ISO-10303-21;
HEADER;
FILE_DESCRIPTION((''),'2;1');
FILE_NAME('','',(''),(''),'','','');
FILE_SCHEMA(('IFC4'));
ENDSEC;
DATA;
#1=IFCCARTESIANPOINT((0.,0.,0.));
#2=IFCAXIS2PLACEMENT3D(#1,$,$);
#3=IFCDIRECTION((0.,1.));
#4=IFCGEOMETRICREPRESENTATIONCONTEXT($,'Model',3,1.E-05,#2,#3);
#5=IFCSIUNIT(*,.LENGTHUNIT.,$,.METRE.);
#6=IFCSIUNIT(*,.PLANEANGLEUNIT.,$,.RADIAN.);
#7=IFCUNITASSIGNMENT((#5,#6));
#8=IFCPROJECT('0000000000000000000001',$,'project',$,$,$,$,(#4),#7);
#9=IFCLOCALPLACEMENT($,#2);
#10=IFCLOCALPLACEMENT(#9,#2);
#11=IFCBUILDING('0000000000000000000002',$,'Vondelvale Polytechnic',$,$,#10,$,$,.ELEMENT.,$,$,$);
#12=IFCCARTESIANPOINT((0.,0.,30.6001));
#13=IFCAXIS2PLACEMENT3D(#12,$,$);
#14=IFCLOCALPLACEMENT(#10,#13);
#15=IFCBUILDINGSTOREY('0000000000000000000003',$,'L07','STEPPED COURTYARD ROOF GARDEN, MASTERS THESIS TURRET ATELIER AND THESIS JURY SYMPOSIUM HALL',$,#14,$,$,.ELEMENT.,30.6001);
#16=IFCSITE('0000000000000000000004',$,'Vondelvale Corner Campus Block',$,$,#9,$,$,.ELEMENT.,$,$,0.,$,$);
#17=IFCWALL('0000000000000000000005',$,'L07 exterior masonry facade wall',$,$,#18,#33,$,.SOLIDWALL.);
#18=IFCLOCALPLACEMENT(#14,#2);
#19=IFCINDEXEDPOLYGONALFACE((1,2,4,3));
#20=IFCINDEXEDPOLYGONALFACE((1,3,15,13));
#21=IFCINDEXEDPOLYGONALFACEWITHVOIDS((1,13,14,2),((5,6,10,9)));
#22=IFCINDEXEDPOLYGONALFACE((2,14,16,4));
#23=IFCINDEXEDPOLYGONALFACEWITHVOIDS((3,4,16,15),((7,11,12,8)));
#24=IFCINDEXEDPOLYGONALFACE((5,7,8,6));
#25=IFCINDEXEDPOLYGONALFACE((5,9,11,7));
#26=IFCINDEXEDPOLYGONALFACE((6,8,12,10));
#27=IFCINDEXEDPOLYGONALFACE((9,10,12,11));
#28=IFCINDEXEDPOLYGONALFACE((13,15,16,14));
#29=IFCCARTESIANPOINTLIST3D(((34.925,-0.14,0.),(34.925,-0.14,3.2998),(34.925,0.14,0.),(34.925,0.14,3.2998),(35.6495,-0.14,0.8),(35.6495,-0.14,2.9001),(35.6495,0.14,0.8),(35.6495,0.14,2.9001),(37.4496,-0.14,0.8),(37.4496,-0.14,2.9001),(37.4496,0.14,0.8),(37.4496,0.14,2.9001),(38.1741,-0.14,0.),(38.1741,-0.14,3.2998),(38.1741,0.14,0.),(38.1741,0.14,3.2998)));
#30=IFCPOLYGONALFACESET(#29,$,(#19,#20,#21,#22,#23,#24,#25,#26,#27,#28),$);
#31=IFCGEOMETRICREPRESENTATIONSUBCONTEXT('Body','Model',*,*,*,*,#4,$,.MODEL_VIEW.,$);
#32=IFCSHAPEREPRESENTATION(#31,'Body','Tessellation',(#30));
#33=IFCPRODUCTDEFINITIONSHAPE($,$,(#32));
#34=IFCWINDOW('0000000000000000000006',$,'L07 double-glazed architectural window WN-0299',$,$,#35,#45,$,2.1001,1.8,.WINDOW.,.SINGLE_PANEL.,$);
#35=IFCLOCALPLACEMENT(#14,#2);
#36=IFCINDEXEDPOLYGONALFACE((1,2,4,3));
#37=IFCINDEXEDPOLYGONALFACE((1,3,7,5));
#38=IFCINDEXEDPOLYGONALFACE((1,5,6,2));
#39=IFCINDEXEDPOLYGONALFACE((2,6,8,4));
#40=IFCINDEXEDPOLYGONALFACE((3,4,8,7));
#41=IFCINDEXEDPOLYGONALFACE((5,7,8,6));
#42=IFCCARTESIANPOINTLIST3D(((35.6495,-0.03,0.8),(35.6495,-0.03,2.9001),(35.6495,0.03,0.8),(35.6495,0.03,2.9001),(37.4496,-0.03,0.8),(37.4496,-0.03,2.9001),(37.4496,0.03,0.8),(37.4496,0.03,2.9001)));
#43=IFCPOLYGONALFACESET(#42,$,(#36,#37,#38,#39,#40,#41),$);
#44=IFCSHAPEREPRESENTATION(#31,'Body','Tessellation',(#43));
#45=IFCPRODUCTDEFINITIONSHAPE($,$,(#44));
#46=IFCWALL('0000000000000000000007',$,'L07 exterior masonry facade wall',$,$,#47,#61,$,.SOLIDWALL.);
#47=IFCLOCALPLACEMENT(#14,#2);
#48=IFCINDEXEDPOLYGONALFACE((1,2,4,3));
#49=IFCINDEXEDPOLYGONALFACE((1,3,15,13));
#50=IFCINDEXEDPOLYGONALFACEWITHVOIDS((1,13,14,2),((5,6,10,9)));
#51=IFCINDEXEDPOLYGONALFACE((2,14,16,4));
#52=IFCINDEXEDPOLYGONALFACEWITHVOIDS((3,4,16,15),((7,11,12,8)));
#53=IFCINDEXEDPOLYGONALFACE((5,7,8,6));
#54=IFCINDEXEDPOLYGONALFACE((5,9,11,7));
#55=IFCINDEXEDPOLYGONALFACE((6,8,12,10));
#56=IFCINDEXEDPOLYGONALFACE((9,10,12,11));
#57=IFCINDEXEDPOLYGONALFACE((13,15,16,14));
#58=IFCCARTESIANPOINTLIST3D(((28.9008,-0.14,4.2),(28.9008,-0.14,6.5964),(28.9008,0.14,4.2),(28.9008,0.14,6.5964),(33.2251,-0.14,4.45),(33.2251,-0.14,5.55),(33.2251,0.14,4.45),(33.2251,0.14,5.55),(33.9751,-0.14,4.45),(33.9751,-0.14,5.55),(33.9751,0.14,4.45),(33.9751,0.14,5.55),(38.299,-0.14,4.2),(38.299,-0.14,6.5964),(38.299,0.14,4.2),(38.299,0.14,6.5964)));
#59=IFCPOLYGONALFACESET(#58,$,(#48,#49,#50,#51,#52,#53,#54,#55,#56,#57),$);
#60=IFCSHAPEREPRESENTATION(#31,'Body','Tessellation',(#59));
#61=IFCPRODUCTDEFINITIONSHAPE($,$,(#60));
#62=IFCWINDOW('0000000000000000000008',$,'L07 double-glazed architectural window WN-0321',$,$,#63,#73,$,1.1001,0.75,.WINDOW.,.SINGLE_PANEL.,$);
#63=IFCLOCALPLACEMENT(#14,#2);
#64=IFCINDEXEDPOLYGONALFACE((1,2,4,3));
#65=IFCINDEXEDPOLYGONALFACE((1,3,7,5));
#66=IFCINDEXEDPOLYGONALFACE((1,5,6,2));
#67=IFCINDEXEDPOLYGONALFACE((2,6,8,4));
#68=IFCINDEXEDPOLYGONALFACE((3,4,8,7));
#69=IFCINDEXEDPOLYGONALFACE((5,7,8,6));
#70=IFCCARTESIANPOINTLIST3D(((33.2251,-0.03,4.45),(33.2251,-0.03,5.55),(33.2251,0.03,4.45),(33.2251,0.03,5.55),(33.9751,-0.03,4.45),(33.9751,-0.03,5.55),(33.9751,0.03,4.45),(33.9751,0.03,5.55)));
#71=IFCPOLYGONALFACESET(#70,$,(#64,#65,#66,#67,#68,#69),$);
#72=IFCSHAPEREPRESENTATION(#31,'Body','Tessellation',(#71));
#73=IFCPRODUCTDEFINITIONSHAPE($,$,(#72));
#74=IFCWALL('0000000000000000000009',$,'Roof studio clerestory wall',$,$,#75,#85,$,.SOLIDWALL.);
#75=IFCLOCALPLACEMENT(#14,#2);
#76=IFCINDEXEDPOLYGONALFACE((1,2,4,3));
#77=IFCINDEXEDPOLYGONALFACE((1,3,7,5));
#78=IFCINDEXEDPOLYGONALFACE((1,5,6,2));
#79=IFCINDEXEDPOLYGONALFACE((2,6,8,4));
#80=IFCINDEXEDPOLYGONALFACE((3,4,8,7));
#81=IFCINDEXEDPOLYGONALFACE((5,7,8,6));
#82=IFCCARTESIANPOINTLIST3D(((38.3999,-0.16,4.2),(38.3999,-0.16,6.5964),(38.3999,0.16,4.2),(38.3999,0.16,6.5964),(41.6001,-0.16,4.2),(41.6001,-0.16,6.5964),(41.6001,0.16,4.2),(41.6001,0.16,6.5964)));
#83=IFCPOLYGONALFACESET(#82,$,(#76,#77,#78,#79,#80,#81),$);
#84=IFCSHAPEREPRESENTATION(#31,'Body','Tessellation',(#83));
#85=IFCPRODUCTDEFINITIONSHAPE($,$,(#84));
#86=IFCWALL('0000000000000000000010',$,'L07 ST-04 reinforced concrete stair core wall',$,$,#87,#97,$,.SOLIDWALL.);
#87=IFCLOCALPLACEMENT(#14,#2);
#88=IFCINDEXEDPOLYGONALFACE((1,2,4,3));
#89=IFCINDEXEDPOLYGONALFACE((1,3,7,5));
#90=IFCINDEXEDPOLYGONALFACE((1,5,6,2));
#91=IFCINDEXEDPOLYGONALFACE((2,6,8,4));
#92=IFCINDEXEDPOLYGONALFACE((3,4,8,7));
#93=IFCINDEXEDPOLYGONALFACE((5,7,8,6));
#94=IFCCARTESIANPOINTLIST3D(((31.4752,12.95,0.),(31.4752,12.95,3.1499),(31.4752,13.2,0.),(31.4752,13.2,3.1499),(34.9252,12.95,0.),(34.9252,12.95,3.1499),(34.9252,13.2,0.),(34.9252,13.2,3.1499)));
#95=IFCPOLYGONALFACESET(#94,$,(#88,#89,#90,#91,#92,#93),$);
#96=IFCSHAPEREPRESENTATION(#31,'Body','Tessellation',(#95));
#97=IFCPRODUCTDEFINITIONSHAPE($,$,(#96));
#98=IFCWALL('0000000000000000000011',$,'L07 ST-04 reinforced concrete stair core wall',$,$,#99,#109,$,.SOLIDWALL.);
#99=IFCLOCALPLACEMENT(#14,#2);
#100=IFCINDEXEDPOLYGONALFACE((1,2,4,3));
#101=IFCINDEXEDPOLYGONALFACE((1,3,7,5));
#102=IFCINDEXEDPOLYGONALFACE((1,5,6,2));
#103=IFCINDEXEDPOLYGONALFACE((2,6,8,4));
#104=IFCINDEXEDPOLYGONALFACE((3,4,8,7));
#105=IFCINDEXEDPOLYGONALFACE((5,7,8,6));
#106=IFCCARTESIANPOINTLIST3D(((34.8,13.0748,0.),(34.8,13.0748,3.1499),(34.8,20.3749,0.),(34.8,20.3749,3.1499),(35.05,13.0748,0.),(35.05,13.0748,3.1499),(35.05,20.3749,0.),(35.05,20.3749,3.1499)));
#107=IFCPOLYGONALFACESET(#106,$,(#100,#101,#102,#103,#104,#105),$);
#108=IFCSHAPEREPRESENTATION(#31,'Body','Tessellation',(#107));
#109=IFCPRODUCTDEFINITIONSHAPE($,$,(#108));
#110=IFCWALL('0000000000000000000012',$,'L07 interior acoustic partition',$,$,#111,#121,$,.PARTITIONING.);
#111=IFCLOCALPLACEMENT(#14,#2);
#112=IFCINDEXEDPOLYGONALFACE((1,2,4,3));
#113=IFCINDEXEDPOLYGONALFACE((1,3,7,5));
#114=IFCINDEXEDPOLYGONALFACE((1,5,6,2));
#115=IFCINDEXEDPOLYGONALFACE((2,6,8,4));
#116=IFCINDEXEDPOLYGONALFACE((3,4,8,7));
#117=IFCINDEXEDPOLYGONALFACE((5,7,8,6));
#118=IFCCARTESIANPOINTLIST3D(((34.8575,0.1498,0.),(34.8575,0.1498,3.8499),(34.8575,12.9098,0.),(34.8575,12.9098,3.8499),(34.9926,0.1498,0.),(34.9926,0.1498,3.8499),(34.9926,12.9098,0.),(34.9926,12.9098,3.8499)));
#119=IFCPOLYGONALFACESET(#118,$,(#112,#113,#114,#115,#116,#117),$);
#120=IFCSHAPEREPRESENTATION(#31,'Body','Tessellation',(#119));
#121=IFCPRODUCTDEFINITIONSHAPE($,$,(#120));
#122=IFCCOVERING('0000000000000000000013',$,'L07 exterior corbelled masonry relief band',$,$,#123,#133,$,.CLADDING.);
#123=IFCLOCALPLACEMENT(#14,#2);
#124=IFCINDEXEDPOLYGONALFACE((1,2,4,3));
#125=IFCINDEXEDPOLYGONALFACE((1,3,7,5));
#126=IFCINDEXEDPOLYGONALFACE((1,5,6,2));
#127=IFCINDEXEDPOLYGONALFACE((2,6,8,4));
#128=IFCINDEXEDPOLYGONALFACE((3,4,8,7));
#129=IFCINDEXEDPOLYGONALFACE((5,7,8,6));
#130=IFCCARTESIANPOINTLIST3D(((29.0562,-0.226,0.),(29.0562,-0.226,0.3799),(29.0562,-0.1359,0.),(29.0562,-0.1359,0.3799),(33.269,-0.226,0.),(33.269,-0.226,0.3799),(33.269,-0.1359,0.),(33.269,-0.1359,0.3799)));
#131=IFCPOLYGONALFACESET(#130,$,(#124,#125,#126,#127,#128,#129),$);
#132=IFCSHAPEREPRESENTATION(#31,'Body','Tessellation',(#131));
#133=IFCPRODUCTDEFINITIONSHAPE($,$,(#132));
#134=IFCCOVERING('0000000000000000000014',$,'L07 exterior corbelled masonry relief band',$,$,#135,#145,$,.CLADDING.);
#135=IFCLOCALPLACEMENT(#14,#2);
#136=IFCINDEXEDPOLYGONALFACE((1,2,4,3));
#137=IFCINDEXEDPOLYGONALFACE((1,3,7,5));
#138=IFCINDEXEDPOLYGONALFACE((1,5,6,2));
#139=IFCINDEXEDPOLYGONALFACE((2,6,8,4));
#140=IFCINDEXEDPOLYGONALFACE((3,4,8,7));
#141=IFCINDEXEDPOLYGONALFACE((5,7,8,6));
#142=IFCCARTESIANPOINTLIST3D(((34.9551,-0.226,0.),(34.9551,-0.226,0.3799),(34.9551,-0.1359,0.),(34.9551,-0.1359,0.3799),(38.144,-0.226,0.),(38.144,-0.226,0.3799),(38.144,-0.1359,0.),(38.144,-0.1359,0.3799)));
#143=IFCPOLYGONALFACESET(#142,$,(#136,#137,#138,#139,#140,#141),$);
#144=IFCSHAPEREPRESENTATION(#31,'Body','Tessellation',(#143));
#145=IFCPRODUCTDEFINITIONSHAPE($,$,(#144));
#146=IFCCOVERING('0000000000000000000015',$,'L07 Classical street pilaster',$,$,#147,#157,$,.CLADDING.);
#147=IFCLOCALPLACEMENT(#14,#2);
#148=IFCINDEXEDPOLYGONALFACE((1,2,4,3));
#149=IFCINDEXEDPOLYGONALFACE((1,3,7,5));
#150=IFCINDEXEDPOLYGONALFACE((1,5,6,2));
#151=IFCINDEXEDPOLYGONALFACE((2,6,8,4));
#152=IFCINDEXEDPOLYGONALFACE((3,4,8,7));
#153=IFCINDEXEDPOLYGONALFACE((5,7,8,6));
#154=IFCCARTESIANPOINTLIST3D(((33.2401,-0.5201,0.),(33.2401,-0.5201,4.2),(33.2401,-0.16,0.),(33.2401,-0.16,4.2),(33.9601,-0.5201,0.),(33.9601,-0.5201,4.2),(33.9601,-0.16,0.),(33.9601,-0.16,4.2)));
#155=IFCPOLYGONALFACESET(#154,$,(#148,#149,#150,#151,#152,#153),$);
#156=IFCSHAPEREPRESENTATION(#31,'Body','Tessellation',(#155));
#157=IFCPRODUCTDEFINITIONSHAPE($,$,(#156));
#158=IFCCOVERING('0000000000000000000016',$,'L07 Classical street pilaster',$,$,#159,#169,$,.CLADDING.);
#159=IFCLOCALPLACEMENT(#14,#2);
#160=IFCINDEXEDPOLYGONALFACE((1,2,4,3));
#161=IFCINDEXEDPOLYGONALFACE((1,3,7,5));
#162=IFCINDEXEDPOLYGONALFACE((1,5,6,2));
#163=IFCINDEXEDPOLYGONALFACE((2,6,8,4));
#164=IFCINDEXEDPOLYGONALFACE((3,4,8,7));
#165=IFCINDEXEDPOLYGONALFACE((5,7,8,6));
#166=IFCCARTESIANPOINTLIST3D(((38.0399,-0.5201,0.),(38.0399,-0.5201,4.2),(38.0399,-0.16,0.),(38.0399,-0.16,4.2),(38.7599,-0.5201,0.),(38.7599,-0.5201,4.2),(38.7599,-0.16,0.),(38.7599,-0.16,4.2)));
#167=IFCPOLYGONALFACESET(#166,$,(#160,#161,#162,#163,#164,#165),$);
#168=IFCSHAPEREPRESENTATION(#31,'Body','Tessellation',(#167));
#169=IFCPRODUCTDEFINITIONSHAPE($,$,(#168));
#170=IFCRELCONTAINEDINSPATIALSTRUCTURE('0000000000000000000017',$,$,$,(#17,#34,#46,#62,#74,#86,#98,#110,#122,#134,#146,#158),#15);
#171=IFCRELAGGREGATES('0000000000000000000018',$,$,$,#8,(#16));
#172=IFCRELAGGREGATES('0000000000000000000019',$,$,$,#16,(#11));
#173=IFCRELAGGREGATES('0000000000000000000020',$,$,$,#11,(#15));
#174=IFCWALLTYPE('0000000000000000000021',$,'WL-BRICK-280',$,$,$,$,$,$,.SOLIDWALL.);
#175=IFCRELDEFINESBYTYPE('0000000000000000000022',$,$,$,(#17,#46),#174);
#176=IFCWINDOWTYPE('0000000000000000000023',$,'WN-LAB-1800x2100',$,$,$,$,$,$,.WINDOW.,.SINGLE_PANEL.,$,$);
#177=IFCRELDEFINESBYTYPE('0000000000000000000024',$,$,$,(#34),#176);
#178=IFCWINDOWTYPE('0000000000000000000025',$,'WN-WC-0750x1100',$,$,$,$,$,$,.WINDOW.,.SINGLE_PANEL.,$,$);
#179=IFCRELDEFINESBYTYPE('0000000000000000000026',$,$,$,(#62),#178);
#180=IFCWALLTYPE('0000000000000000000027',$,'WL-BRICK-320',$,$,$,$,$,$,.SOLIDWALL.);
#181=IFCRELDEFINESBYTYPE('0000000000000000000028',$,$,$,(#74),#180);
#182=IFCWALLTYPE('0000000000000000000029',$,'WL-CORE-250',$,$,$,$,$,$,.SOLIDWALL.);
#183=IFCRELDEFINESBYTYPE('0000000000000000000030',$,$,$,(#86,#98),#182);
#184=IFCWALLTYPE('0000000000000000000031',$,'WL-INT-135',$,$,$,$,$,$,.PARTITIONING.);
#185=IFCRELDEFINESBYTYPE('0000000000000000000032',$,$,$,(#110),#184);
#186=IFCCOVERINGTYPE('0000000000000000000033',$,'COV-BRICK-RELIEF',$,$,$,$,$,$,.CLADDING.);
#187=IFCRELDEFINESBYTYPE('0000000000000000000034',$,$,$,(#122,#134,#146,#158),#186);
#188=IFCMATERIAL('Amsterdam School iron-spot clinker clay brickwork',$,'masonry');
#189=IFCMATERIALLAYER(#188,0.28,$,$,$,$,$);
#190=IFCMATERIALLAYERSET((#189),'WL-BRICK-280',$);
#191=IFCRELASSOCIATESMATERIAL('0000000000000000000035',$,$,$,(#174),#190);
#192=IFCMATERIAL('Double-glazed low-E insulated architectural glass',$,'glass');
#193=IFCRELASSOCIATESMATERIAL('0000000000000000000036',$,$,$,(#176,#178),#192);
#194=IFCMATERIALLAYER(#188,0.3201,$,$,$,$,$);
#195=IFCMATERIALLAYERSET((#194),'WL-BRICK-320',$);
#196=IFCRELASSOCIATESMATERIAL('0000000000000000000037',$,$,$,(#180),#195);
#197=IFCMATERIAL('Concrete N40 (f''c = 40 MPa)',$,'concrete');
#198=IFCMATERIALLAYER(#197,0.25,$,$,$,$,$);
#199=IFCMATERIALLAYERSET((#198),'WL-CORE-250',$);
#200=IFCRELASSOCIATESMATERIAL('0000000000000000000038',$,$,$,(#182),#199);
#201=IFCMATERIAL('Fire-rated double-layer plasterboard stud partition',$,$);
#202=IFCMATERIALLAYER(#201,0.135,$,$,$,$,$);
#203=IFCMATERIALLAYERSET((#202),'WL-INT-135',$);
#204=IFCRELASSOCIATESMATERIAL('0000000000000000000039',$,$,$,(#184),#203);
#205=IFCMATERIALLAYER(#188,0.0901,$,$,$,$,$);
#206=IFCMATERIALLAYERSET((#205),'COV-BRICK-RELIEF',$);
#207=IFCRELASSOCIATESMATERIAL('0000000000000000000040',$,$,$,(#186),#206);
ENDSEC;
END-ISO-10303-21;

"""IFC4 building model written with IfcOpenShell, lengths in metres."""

from ifc_helpers import new_model, si_unit, direction, frame, frame_2d, origin, origin_2d, place, context, subcontext, project, spatial, rectangle, extrude, material, layer, layer_set, type_object, element, fill, save


model = new_model("IFC4")

# Units and contexts
model_context = context("Model", 3, precision=1e-05, world=origin(), true_north=direction((0.0, 1.0)))
body_context = subcontext(model_context, "Body", "Model", "MODEL_VIEW")
ifc_project = project(units=[si_unit("LENGTHUNIT", "METRE"), si_unit("PLANEANGLEUNIT", "RADIAN")], contexts=[model_context])

# Site, building, storey
site_placement = place(None, origin())
site = spatial("IfcSite", under=ifc_project, at=site_placement, Name="Vondelvale Corner Campus Block", CompositionType="ELEMENT", RefElevation=0.0)
building_placement = place(site_placement, origin())
building = spatial("IfcBuilding", under=site, at=building_placement, Name="Vondelvale Polytechnic", CompositionType="ELEMENT")
storey_placement = place(building_placement, frame((0.0, 0.0, 30.6001)))
storey = spatial("IfcBuildingStorey", under=building, at=storey_placement, Name="L07", Description="STEPPED COURTYARD ROOF GARDEN, MASTERS THESIS TURRET ATELIER AND THESIS JURY SYMPOSIUM HALL", CompositionType="ELEMENT", Elevation=30.6001)

# Shared definitions
ifc_material_1 = material(Name="Concrete N40 (f'c = 40 MPa)", Category="concrete")

# Shared definitions
ifc_material_2 = material(Name="Amsterdam School iron-spot clinker clay brickwork", Category="masonry")
ifc_layer_1 = layer(ifc_material_2, 0.28)
ifc_layer_set_1 = layer_set([ifc_layer_1], Name="WL-BRICK-280")
wall_type_1 = type_object("IfcWallType", Name="WL-BRICK-280", PredefinedType="SOLIDWALL", material=ifc_layer_set_1)
ifc_material_3 = material(Name="Double-glazed low-E insulated architectural glass", Category="glass")
window_type_1 = type_object("IfcWindowType", Name="WN-LAB-1800x2100", PartitioningType="SINGLE_PANEL", PredefinedType="WINDOW", material=ifc_material_3)

# Walls, openings, windows
wall_1_placement = place(storey_placement, frame((38.1741, 0.0, 0.0), z_axis=(0.0, 0.0, 1.0), x_axis=(-1.0, 0.0, 0.0)))
wall_1 = element("IfcWall", 1, at=wall_1_placement, inside=storey, type_object=wall_type_1, Name="L07 exterior masonry facade wall", PredefinedType="SOLIDWALL", context=body_context, shape_type="SweptSolid", body=[
    extrude(rectangle(XDim=3.249, YDim=0.28, at=frame_2d((1.6245, 0.0))), origin(), (0.0, 0.0, 1.0), 3.2998),
])
opening_1_placement = place(wall_1_placement, frame((0.7246, 0.0, 0.8)))
opening_1 = element("IfcOpeningElement", 2, at=opening_1_placement, cuts=wall_1, PredefinedType="OPENING", context=body_context, shape_type="SweptSolid", body=[
    extrude(rectangle(XDim=1.8, YDim=2.1001, at=frame_2d((0.8999, 1.05))), frame((0.0, 0.1499, 0.0), z_axis=(0.0, -1.0, 0.0), x_axis=(1.0, 0.0, 0.0)), (0.0, 0.0, 1.0), 0.3),
])
window_1_placement = place(opening_1_placement, origin())
window_1 = element("IfcWindow", 3, at=window_1_placement, inside=storey, type_object=window_type_1, Name="L07 double-glazed architectural window WN-0299", OverallHeight=2.1001, OverallWidth=1.8, PartitioningType="SINGLE_PANEL", PredefinedType="WINDOW", context=body_context, shape_type="SweptSolid", body=[
    extrude(rectangle(XDim=1.8, YDim=2.1001, at=frame_2d((0.8999, 1.05))), frame((0.0, 0.03, 0.0), z_axis=(0.0, -1.0, 0.0), x_axis=(1.0, 0.0, 0.0)), (0.0, 0.0, 1.0), 0.0601),
])
fill(opening_1, window_1)
wall_2_placement = place(storey_placement, frame((38.2991, 0.0, 4.2), z_axis=(0.0, 0.0, 1.0), x_axis=(-1.0, 0.0, 0.0)))
wall_2 = element("IfcWall", 4, at=wall_2_placement, inside=storey, type_object=wall_type_1, Name="L07 exterior masonry facade wall", PredefinedType="SOLIDWALL", context=body_context, shape_type="SweptSolid", body=[
    extrude(rectangle(XDim=9.3982, YDim=0.28, at=frame_2d((4.6992, 0.0))), origin(), (0.0, 0.0, 1.0), 2.3965),
])
opening_2_placement = place(wall_2_placement, frame((4.324, 0.0, 0.25)))
opening_2 = element("IfcOpeningElement", 5, at=opening_2_placement, cuts=wall_2, PredefinedType="OPENING", context=body_context, shape_type="SweptSolid", body=[
    extrude(rectangle(XDim=0.75, YDim=1.1001, at=frame_2d((0.375, 0.55))), frame((0.0, 0.1499, 0.0), z_axis=(0.0, -1.0, 0.0), x_axis=(1.0, 0.0, 0.0)), (0.0, 0.0, 1.0), 0.3),
])
window_type_2 = type_object("IfcWindowType", Name="WN-WC-0750x1100", PartitioningType="SINGLE_PANEL", PredefinedType="WINDOW", material=ifc_material_3)
window_2_placement = place(opening_2_placement, origin())
window_2 = element("IfcWindow", 6, at=window_2_placement, inside=storey, type_object=window_type_2, Name="L07 double-glazed architectural window WN-0321", OverallHeight=1.1001, OverallWidth=0.75, PartitioningType="SINGLE_PANEL", PredefinedType="WINDOW", context=body_context, shape_type="SweptSolid", body=[
    extrude(rectangle(XDim=0.75, YDim=1.1001, at=frame_2d((0.375, 0.55))), frame((0.0, 0.03, 0.0), z_axis=(0.0, -1.0, 0.0), x_axis=(1.0, 0.0, 0.0)), (0.0, 0.0, 1.0), 0.0601),
])
fill(opening_2, window_2)

# Walls
ifc_layer_2 = layer(ifc_material_2, 0.3201)
ifc_layer_set_2 = layer_set([ifc_layer_2], Name="WL-BRICK-320")
wall_type_2 = type_object("IfcWallType", Name="WL-BRICK-320", PredefinedType="SOLIDWALL", material=ifc_layer_set_2)
wall_3_placement = place(storey_placement, frame((38.3999, 0.0, 4.2), z_axis=(0.0, 0.0, 1.0), x_axis=(1.0, 0.0, 0.0)))
element("IfcWall", 7, at=wall_3_placement, inside=storey, type_object=wall_type_2, Name="Roof studio clerestory wall", PredefinedType="SOLIDWALL", context=body_context, shape_type="SweptSolid", body=[
    extrude(rectangle(XDim=3.2002, YDim=0.3201, at=frame_2d((1.6001, 0.0))), origin(), (0.0, 0.0, 1.0), 2.3965),
])
ifc_layer_3 = layer(ifc_material_1, 0.25)
ifc_layer_set_3 = layer_set([ifc_layer_3], Name="WL-CORE-250")
wall_type_3 = type_object("IfcWallType", Name="WL-CORE-250", PredefinedType="SOLIDWALL", material=ifc_layer_set_3)
wall_4_placement = place(storey_placement, frame((31.4751, 13.075, 0.0), z_axis=(0.0, 0.0, 1.0), x_axis=(1.0, 0.0, 0.0)))
element("IfcWall", 8, at=wall_4_placement, inside=storey, type_object=wall_type_3, Name="L07 ST-04 reinforced concrete stair core wall", PredefinedType="SOLIDWALL", context=body_context, shape_type="SweptSolid", body=[
    extrude(rectangle(XDim=3.45, YDim=0.25, at=frame_2d((1.7251, 0.0))), origin(), (0.0, 0.0, 1.0), 3.1499),
])
wall_5_placement = place(storey_placement, frame((34.925, 13.075, 0.0), z_axis=(0.0, 0.0, 1.0), x_axis=(0.0, 1.0, 0.0)))
element("IfcWall", 9, at=wall_5_placement, inside=storey, type_object=wall_type_3, Name="L07 ST-04 reinforced concrete stair core wall", PredefinedType="SOLIDWALL", context=body_context, shape_type="SweptSolid", body=[
    extrude(rectangle(XDim=7.3, YDim=0.25, at=frame_2d((3.6499, 0.0))), origin(), (0.0, 0.0, 1.0), 3.1499),
])
ifc_material_4 = material(Name="Fire-rated double-layer plasterboard stud partition")
ifc_layer_4 = layer(ifc_material_4, 0.135)
ifc_layer_set_4 = layer_set([ifc_layer_4], Name="WL-INT-135")
wall_type_4 = type_object("IfcWallType", Name="WL-INT-135", PredefinedType="PARTITIONING", material=ifc_layer_set_4)
wall_6_placement = place(storey_placement, frame((34.925, 0.1499, 0.0), z_axis=(0.0, 0.0, 1.0), x_axis=(0.0, 1.0, 0.0)))
element("IfcWall", 10, at=wall_6_placement, inside=storey, type_object=wall_type_4, Name="L07 interior acoustic partition", PredefinedType="PARTITIONING", context=body_context, shape_type="SweptSolid", body=[
    extrude(rectangle(XDim=12.76, YDim=0.135, at=frame_2d((6.3799, 0.0))), origin(), (0.0, 0.0, 1.0), 3.8499),
])

# Coverings
ifc_layer_5 = layer(ifc_material_2, 0.0901)
ifc_layer_set_5 = layer_set([ifc_layer_5], Name="COV-BRICK-RELIEF")
covering_type = type_object("IfcCoveringType", Name="COV-BRICK-RELIEF", PredefinedType="CLADDING", material=ifc_layer_set_5)
covering_1_placement = place(storey_placement, frame((31.1626, -0.1809, 0.0), z_axis=(0.0, 0.0, 1.0), x_axis=(-1.0, 0.0, 0.0)))
element("IfcCovering", 11, at=covering_1_placement, inside=storey, type_object=covering_type, Name="L07 exterior corbelled masonry relief band", PredefinedType="CLADDING", context=body_context, shape_type="SweptSolid", body=[
    extrude(rectangle(XDim=4.2129, YDim=0.0901, at=origin_2d()), origin(), (0.0, 0.0, 1.0), 0.3799),
])
covering_2_placement = place(storey_placement, frame((36.5496, -0.1809, 0.0), z_axis=(0.0, 0.0, 1.0), x_axis=(-1.0, 0.0, 0.0)))
element("IfcCovering", 12, at=covering_2_placement, inside=storey, type_object=covering_type, Name="L07 exterior corbelled masonry relief band", PredefinedType="CLADDING", context=body_context, shape_type="SweptSolid", body=[
    extrude(rectangle(XDim=3.189, YDim=0.0901, at=origin_2d()), origin(), (0.0, 0.0, 1.0), 0.3799),
])
for number, where, z_axis, x_axis, name in (
    (13, (33.6001, -0.3401, 0.0), (0.0, 0.0, 1.0), (1.0, 0.0, 0.0), "L07 Classical street pilaster"),
    (14, (38.3999, -0.3401, 0.0), (0.0, 0.0, 1.0), (1.0, 0.0, 0.0), "L07 Classical street pilaster"),
):
    element("IfcCovering", number, at=place(storey_placement, frame(where, z_axis=z_axis, x_axis=x_axis)), inside=storey, type_object=covering_type, Name=name, PredefinedType="CLADDING", context=body_context, shape_type="SweptSolid", body=[
        extrude(rectangle(XDim=0.72, YDim=0.3601, at=origin_2d()), origin(), (0.0, 0.0, 1.0), 4.2),
    ])

save(model, "model.ifc")
